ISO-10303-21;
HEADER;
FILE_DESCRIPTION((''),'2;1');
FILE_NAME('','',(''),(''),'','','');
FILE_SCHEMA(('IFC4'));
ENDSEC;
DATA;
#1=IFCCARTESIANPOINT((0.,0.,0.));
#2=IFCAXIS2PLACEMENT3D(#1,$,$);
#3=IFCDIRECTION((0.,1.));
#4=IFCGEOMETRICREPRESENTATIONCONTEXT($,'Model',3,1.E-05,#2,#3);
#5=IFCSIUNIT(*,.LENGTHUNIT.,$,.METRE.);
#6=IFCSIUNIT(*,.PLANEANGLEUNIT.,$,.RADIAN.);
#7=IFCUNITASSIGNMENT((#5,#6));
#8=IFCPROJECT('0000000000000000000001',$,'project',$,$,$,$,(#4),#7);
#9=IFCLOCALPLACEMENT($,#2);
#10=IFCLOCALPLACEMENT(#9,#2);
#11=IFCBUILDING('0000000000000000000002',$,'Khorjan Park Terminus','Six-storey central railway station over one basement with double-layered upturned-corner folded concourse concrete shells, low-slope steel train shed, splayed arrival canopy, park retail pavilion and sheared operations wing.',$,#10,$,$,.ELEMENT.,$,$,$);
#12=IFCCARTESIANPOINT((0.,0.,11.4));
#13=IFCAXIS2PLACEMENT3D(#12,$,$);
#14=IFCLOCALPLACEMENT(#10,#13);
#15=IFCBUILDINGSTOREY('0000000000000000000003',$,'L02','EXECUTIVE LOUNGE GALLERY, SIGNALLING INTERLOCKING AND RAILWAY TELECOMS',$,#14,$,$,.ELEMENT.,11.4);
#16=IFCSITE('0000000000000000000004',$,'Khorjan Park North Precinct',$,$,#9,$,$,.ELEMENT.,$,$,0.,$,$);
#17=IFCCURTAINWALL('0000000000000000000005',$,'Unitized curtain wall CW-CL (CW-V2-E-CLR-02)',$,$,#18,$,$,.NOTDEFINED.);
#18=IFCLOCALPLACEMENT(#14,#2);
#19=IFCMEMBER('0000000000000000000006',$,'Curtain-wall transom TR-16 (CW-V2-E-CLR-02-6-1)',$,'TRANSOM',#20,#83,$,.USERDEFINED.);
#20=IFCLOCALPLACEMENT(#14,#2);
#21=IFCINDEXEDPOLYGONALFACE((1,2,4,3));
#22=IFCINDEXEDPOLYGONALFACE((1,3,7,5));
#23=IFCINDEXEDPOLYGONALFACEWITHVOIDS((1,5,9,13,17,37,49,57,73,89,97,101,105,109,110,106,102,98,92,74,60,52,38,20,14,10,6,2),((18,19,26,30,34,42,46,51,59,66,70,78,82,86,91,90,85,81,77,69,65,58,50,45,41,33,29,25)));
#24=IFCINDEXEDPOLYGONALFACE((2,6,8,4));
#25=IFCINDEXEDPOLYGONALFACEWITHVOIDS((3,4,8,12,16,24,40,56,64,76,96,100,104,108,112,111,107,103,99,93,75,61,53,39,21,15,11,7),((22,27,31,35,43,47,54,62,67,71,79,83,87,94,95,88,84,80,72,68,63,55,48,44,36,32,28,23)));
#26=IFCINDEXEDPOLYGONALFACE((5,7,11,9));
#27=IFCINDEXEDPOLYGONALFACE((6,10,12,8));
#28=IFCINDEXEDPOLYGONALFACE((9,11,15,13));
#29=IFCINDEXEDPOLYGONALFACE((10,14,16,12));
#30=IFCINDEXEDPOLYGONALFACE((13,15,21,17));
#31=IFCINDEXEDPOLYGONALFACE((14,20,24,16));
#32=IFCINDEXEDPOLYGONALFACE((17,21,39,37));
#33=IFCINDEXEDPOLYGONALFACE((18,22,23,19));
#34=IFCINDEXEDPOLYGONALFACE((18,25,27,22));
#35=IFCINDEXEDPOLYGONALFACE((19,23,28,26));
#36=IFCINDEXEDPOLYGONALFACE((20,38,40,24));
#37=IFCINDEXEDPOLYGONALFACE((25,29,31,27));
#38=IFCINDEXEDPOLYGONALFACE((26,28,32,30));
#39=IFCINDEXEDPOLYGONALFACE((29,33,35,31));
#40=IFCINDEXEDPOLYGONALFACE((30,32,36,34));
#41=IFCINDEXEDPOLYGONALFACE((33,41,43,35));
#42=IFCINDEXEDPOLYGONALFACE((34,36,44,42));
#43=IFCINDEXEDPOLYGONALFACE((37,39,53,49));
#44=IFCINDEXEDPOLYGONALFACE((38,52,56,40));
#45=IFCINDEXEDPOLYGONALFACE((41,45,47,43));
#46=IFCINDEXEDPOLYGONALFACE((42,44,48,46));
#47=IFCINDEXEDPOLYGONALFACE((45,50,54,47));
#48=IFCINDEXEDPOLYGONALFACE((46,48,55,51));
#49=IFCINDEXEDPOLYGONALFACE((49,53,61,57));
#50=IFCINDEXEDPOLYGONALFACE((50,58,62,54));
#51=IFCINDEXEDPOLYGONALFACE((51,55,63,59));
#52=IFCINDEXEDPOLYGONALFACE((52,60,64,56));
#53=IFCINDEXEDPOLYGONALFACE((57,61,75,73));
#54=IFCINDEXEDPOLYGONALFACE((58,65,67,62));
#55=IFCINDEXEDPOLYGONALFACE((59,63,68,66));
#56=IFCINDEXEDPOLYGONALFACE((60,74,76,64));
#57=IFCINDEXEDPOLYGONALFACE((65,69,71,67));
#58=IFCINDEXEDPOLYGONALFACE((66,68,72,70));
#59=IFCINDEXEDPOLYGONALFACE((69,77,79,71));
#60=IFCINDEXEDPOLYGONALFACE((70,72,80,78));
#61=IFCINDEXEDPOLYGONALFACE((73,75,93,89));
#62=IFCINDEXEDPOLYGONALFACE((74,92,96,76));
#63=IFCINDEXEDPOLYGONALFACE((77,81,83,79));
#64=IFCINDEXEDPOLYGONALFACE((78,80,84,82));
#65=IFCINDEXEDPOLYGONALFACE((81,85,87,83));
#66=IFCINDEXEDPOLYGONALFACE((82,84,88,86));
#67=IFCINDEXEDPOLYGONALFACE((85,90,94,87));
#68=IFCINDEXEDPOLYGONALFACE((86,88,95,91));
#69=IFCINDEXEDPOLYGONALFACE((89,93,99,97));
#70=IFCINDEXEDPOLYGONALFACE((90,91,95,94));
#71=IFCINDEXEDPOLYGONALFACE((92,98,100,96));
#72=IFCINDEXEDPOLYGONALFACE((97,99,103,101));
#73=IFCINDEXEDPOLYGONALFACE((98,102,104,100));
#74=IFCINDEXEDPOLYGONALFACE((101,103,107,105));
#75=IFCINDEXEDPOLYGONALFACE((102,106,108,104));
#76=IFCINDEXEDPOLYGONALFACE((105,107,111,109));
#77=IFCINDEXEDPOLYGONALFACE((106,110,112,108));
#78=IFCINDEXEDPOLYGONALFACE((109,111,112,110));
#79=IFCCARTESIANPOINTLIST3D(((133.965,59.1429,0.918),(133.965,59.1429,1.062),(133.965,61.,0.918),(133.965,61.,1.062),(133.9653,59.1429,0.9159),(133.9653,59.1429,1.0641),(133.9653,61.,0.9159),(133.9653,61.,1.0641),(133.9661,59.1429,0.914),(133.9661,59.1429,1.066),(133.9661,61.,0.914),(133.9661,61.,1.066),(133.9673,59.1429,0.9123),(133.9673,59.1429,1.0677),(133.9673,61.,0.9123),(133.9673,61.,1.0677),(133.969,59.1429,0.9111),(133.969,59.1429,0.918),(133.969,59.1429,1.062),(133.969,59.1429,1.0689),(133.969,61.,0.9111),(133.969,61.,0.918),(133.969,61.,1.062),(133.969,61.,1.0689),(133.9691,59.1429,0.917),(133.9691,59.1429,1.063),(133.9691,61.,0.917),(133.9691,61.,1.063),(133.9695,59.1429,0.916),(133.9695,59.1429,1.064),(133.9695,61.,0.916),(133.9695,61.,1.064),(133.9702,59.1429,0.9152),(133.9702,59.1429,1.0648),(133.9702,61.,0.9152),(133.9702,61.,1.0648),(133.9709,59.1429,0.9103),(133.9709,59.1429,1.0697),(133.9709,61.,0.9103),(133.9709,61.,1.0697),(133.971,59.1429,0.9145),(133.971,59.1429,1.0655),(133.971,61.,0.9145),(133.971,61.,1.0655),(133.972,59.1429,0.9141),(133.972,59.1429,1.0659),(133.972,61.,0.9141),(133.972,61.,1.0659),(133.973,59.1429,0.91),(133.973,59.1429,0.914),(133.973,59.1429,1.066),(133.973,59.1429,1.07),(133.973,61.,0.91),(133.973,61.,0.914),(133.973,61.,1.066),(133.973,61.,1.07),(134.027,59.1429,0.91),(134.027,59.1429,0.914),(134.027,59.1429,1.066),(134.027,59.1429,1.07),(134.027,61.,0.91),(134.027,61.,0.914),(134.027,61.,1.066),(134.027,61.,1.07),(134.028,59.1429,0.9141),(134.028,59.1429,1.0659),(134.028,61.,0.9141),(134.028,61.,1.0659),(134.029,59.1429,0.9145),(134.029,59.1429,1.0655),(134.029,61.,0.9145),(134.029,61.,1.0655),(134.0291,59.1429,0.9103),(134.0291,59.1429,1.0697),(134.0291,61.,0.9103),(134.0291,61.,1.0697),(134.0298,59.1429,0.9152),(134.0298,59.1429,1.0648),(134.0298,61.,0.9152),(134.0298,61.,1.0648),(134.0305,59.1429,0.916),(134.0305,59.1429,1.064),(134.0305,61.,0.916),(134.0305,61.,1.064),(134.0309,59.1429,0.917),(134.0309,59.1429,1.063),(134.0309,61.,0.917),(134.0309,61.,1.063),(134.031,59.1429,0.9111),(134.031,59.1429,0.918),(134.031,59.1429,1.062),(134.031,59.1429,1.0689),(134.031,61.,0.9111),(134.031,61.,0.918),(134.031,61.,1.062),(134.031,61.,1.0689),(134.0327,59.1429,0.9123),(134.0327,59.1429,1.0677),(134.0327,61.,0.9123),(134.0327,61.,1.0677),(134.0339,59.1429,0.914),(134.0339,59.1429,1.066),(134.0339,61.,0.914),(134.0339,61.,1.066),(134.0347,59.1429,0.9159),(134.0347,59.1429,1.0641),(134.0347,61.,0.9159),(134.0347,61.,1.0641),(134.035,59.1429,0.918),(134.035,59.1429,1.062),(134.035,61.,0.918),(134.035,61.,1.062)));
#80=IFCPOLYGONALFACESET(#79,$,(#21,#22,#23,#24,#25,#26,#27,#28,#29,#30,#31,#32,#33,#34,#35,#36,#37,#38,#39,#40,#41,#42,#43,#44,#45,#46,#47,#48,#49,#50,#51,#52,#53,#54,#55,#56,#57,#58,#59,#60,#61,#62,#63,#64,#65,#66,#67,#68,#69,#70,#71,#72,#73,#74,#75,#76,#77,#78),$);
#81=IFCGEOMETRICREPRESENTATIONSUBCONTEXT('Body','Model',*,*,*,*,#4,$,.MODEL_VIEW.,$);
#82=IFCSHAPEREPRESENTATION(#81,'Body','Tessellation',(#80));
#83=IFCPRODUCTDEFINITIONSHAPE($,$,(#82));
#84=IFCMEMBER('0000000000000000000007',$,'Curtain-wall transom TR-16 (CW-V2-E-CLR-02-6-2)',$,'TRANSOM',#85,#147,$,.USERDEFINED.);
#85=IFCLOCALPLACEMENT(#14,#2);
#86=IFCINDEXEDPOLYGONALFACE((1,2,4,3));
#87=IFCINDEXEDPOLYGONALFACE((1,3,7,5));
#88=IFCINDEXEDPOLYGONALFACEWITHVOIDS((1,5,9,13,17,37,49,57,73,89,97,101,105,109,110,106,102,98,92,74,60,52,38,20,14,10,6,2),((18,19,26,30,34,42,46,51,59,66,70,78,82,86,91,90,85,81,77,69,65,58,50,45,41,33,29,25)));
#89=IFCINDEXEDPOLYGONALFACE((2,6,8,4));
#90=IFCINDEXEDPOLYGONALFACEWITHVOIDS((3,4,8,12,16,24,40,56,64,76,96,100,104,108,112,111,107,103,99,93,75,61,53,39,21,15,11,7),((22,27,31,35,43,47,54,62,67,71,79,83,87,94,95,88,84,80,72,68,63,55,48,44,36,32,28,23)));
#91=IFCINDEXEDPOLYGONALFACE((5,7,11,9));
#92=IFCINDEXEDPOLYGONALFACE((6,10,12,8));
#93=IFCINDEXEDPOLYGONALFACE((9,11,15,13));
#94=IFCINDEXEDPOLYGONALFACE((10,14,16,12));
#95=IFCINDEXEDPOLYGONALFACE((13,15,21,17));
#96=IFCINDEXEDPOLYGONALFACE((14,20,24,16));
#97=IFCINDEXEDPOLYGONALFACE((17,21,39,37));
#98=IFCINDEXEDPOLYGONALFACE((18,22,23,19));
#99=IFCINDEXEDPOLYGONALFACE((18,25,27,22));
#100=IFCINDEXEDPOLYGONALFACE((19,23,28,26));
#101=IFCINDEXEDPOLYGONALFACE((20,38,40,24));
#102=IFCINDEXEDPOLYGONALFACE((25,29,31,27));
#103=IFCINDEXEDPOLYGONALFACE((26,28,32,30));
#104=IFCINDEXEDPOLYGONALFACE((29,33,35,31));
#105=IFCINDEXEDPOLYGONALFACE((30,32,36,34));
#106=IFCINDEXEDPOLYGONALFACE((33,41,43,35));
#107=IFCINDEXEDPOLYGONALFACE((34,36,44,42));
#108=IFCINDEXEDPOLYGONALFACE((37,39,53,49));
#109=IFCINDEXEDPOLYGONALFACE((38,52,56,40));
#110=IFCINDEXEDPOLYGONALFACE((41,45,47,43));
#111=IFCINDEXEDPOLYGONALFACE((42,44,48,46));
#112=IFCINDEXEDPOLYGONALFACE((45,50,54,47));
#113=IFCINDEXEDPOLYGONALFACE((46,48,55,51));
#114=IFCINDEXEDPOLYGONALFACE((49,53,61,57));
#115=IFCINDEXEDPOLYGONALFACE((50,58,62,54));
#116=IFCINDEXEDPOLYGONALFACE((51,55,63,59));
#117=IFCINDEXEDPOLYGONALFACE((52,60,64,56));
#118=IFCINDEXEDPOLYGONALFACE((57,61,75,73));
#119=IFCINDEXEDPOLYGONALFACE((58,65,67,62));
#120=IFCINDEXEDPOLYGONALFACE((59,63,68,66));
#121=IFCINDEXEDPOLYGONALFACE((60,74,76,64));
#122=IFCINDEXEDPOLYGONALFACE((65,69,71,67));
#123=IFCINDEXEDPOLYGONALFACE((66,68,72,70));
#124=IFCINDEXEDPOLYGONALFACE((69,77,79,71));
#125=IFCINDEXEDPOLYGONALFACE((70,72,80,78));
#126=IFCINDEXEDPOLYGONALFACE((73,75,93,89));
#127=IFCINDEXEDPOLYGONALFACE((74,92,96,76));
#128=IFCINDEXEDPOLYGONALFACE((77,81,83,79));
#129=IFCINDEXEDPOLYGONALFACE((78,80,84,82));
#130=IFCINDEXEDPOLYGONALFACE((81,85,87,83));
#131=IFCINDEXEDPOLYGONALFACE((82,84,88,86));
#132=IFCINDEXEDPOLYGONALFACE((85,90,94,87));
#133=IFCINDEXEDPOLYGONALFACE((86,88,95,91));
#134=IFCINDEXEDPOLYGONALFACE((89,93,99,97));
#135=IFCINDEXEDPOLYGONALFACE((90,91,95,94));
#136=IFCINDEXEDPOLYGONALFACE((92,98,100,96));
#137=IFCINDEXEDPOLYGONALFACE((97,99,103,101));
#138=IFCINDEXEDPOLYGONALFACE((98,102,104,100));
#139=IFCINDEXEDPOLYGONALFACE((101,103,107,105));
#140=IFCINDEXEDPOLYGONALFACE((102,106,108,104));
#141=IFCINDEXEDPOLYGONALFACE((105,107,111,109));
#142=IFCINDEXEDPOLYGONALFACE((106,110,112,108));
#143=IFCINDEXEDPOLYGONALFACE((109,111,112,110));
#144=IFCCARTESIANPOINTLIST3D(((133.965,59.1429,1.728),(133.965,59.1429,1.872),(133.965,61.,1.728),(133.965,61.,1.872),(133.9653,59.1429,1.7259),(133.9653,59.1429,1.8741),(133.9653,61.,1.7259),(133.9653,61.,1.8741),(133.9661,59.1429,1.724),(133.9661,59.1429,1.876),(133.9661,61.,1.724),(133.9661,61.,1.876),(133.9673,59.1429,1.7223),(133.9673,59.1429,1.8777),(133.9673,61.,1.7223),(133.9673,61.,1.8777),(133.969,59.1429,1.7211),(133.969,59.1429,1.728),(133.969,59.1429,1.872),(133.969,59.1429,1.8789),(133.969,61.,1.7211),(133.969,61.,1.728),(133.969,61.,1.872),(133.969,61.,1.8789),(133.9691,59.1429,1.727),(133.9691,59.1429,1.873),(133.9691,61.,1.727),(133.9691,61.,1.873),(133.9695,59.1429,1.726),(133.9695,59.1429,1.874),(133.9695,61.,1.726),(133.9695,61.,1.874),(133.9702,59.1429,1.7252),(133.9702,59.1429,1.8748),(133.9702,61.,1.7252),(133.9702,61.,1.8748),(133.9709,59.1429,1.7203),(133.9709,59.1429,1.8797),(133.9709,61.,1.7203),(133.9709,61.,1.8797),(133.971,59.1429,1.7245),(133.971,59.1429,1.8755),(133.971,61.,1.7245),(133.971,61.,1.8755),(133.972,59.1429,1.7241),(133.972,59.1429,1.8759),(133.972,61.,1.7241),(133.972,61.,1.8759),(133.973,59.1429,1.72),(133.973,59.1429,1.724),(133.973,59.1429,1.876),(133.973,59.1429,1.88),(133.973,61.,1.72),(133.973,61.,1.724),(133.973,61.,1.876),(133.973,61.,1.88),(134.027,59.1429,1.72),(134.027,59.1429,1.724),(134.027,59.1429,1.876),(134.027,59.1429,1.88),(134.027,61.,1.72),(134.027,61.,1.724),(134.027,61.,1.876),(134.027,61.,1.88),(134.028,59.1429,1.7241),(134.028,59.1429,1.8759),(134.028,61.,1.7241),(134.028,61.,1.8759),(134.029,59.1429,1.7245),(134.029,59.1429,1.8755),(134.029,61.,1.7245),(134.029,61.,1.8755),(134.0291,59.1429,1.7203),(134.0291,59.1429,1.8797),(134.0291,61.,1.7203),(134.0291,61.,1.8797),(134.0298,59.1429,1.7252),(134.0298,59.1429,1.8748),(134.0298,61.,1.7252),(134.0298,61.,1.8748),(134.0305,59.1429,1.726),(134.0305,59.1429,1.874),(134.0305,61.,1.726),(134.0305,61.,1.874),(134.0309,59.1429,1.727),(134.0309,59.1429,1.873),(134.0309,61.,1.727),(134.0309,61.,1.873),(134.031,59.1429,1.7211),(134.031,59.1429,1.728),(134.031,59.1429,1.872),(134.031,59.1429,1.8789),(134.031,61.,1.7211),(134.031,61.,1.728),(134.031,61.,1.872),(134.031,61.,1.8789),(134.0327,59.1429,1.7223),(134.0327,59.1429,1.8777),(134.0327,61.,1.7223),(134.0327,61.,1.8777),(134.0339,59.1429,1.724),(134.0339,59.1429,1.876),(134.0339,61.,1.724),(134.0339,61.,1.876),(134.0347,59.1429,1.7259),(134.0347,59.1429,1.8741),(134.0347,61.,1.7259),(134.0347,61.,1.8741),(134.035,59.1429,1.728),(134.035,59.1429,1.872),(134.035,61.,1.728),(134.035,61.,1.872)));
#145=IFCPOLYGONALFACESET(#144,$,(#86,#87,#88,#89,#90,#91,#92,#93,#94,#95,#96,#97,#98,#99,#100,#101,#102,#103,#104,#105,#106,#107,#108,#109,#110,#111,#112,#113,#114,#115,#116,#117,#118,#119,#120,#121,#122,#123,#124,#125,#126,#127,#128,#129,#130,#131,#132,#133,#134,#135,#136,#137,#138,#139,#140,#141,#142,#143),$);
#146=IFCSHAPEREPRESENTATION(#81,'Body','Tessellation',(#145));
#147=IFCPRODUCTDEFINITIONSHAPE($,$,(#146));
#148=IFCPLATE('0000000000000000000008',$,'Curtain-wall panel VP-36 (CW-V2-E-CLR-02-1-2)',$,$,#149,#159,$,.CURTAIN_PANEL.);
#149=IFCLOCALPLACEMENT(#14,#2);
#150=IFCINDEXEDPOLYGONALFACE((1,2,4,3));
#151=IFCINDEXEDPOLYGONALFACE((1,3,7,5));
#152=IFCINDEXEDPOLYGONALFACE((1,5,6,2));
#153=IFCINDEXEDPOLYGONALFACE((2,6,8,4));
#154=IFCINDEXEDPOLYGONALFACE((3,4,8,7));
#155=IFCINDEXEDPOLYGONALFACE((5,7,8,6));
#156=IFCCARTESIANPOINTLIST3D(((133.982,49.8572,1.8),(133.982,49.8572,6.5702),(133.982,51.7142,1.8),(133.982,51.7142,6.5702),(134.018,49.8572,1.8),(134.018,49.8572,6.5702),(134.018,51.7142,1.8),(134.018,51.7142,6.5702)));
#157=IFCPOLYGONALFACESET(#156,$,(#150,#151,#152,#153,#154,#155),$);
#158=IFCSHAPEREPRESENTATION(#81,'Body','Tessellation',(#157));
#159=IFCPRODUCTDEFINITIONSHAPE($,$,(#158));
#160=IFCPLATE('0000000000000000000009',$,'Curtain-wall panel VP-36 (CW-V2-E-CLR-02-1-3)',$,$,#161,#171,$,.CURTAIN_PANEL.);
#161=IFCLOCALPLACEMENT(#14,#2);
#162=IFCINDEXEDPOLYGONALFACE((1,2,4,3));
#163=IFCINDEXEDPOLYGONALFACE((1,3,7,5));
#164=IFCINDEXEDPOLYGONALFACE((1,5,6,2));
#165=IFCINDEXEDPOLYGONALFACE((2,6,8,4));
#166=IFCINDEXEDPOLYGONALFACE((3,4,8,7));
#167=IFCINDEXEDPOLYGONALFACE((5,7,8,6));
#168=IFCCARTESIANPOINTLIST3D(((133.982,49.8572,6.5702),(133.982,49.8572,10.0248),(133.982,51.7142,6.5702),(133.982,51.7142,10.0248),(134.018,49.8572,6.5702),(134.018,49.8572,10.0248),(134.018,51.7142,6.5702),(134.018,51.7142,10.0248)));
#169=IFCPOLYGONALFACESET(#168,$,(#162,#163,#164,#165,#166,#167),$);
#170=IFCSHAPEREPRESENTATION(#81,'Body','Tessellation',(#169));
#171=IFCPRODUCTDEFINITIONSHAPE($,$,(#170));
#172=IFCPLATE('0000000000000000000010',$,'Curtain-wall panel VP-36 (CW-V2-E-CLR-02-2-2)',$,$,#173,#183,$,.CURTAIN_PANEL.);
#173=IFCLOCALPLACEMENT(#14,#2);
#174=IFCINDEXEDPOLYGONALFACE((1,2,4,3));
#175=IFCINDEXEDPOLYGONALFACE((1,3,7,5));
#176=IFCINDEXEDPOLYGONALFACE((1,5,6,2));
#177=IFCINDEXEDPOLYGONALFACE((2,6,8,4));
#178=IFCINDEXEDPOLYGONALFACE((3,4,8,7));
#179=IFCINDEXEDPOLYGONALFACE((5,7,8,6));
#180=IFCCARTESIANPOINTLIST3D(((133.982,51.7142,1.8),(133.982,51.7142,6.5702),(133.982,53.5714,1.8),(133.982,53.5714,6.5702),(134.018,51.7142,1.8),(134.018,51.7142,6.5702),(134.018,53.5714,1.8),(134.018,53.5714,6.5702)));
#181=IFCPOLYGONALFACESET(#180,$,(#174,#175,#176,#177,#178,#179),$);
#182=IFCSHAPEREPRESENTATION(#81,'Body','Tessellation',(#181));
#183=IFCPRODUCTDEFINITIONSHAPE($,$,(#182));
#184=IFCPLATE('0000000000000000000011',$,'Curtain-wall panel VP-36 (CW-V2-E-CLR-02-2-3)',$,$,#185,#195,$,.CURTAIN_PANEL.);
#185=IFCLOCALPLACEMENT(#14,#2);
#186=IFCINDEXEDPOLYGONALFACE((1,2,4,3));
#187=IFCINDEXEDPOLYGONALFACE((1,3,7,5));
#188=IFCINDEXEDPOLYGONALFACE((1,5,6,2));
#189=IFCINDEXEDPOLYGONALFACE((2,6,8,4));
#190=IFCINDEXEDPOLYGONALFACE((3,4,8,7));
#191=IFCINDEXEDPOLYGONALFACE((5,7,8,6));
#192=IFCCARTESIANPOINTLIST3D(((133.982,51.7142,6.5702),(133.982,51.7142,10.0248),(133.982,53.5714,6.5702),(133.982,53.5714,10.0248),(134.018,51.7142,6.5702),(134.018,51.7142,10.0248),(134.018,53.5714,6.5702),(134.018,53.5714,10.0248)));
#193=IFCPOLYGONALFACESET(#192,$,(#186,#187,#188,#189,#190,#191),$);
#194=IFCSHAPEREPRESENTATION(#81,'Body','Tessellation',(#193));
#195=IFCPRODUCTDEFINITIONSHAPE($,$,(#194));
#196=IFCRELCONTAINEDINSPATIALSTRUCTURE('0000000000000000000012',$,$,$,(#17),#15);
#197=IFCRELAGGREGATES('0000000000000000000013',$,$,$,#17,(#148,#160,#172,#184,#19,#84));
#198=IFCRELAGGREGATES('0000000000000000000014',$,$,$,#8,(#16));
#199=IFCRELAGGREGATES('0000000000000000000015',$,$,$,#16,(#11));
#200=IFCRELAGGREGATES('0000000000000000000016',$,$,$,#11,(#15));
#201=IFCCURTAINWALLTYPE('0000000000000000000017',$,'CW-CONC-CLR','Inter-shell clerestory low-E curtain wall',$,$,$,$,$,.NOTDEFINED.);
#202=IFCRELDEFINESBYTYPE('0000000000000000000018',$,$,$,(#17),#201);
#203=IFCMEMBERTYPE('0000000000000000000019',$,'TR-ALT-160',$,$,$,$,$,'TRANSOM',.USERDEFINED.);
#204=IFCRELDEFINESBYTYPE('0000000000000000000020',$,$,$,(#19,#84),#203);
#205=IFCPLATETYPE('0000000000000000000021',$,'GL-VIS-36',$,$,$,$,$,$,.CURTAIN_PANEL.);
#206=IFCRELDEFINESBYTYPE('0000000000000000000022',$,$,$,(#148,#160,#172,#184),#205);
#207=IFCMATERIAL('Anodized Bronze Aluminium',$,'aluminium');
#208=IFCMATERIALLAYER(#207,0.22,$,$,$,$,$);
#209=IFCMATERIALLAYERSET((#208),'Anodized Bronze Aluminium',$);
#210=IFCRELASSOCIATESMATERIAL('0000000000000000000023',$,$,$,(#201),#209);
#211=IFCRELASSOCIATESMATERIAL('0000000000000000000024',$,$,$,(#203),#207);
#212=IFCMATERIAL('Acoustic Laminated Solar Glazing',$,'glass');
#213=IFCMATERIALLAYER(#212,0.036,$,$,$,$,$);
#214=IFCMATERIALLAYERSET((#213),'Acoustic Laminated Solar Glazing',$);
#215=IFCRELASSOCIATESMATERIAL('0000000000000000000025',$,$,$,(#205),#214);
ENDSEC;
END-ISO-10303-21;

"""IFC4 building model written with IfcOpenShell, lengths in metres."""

from ifc_helpers import new_model, si_unit, direction, frame, origin, origin_2d, place, context, subcontext, project, spatial, rectangle, hollow_rectangle, extrude, material, layer, layer_set, material_profile, profile_set, type_object, element, aggregate, save


model = new_model("IFC4")

# Units and contexts
model_context = context("Model", 3, precision=1e-05, world=origin(), true_north=direction((0.0, 1.0)))
body_context = subcontext(model_context, "Body", "Model", "MODEL_VIEW")
ifc_project = project(units=[si_unit("LENGTHUNIT", "METRE"), si_unit("PLANEANGLEUNIT", "RADIAN")], contexts=[model_context])

# Site, building, storey
site_placement = place(None, origin())
site = spatial("IfcSite", under=ifc_project, at=site_placement, Name="Khorjan Park North Precinct", CompositionType="ELEMENT", RefElevation=0.0)
building_placement = place(site_placement, origin())
building = spatial("IfcBuilding", under=site, at=building_placement, Name="Khorjan Park Terminus", Description="Six-storey central railway station over one basement with double-layered upturned-corner folded concourse concrete shells, low-slope steel train shed, splayed arrival canopy, park retail pavilion and sheared operations wing.", CompositionType="ELEMENT")
storey_placement = place(building_placement, frame((0.0, 0.0, 11.4)))
storey = spatial("IfcBuildingStorey", under=building, at=storey_placement, Name="L02", Description="EXECUTIVE LOUNGE GALLERY, SIGNALLING INTERLOCKING AND RAILWAY TELECOMS", CompositionType="ELEMENT", Elevation=11.4)

# Curtain wall, members, plates
ifc_material_1 = material(Name="Anodized Bronze Aluminium", Category="aluminium")
ifc_layer_1 = layer(ifc_material_1, 0.22)
ifc_layer_set_1 = layer_set([ifc_layer_1], Name="Anodized Bronze Aluminium")
curtain_wall_type = type_object("IfcCurtainWallType", Name="CW-CONC-CLR", Description="Inter-shell clerestory low-E curtain wall", PredefinedType="NOTDEFINED", material=ifc_layer_set_1)
curtain_wall_placement = place(storey_placement, origin())
curtain_wall = element("IfcCurtainWall", 1, at=curtain_wall_placement, inside=storey, type_object=curtain_wall_type, Name="Unitized curtain wall CW-CL (CW-V2-E-CLR-02)", PredefinedType="NOTDEFINED")
ifc_material_profile_1 = material_profile(ifc_material_1, hollow_rectangle(XDim=0.07, YDim=0.16, WallThickness=0.004, InnerFilletRadius=0.004, OuterFilletRadius=0.008, at=origin_2d()), Name="ALT 70x160x4")
ifc_profile_set_1 = profile_set([ifc_material_profile_1], Name="Anodized Bronze Aluminium")
member_type_1 = type_object("IfcMemberType", Name="TR-ALT-160", ElementType="TRANSOM", PredefinedType="USERDEFINED", material=ifc_profile_set_1)
member_1_placement = place(storey_placement, frame((134.0, 59.1429, 0.99), z_axis=(0.0, 1.0, 0.0), x_axis=(-1.0, 0.0, 0.0)))
member_1 = element("IfcMember", 2, at=member_1_placement, type_object=member_type_1, Name="Curtain-wall transom TR-16 (CW-V2-E-CLR-02-6-1)", ObjectType="TRANSOM", PredefinedType="USERDEFINED", context=body_context, shape_type="SweptSolid", body=[
    extrude(hollow_rectangle(XDim=0.07, YDim=0.16, WallThickness=0.004, InnerFilletRadius=0.004, OuterFilletRadius=0.008, at=origin_2d()), origin(), (0.0, 0.0, 1.0), 1.8571),
])
member_2_placement = place(storey_placement, frame((134.0, 59.1429, 1.8), z_axis=(0.0, 1.0, 0.0), x_axis=(-1.0, 0.0, 0.0)))
member_2 = element("IfcMember", 3, at=member_2_placement, type_object=member_type_1, Name="Curtain-wall transom TR-16 (CW-V2-E-CLR-02-6-2)", ObjectType="TRANSOM", PredefinedType="USERDEFINED", context=body_context, shape_type="SweptSolid", body=[
    extrude(hollow_rectangle(XDim=0.07, YDim=0.16, WallThickness=0.004, InnerFilletRadius=0.004, OuterFilletRadius=0.008, at=origin_2d()), origin(), (0.0, 0.0, 1.0), 1.8571),
])
ifc_material_2 = material(Name="Acoustic Laminated Solar Glazing", Category="glass")
ifc_layer_2 = layer(ifc_material_2, 0.036)
ifc_layer_set_2 = layer_set([ifc_layer_2], Name="Acoustic Laminated Solar Glazing")
plate_type_1 = type_object("IfcPlateType", Name="GL-VIS-36", PredefinedType="CURTAIN_PANEL", material=ifc_layer_set_2)
plate_1_placement = place(storey_placement, frame((134.0, 50.7857, 1.8), z_axis=(0.0, 0.0, 1.0), x_axis=(0.0, 1.0, 0.0)))
plate_1 = element("IfcPlate", 4, at=plate_1_placement, type_object=plate_type_1, Name="Curtain-wall panel VP-36 (CW-V2-E-CLR-02-1-2)", PredefinedType="CURTAIN_PANEL", context=body_context, shape_type="SweptSolid", body=[
    extrude(rectangle(XDim=1.8571, YDim=0.036, at=origin_2d()), origin(), (0.0, 0.0, 1.0), 4.7702),
])
plate_2_placement = place(storey_placement, frame((134.0, 50.7857, 6.5702), z_axis=(0.0, 0.0, 1.0), x_axis=(0.0, 1.0, 0.0)))
plate_2 = element("IfcPlate", 5, at=plate_2_placement, type_object=plate_type_1, Name="Curtain-wall panel VP-36 (CW-V2-E-CLR-02-1-3)", PredefinedType="CURTAIN_PANEL", context=body_context, shape_type="SweptSolid", body=[
    extrude(rectangle(XDim=1.8571, YDim=0.036, at=origin_2d()), origin(), (0.0, 0.0, 1.0), 3.4546),
])
plate_3_placement = place(storey_placement, frame((134.0, 52.6428, 1.8), z_axis=(0.0, 0.0, 1.0), x_axis=(0.0, 1.0, 0.0)))
plate_3 = element("IfcPlate", 6, at=plate_3_placement, type_object=plate_type_1, Name="Curtain-wall panel VP-36 (CW-V2-E-CLR-02-2-2)", PredefinedType="CURTAIN_PANEL", context=body_context, shape_type="SweptSolid", body=[
    extrude(rectangle(XDim=1.8571, YDim=0.036, at=origin_2d()), origin(), (0.0, 0.0, 1.0), 4.7702),
])
plate_4_placement = place(storey_placement, frame((134.0, 52.6428, 6.5702), z_axis=(0.0, 0.0, 1.0), x_axis=(0.0, 1.0, 0.0)))
plate_4 = element("IfcPlate", 7, at=plate_4_placement, type_object=plate_type_1, Name="Curtain-wall panel VP-36 (CW-V2-E-CLR-02-2-3)", PredefinedType="CURTAIN_PANEL", context=body_context, shape_type="SweptSolid", body=[
    extrude(rectangle(XDim=1.8571, YDim=0.036, at=origin_2d()), origin(), (0.0, 0.0, 1.0), 3.4546),
])
aggregate(curtain_wall, [plate_1, plate_2, plate_3, plate_4, member_1, member_2])

save(model, "model.ifc")
